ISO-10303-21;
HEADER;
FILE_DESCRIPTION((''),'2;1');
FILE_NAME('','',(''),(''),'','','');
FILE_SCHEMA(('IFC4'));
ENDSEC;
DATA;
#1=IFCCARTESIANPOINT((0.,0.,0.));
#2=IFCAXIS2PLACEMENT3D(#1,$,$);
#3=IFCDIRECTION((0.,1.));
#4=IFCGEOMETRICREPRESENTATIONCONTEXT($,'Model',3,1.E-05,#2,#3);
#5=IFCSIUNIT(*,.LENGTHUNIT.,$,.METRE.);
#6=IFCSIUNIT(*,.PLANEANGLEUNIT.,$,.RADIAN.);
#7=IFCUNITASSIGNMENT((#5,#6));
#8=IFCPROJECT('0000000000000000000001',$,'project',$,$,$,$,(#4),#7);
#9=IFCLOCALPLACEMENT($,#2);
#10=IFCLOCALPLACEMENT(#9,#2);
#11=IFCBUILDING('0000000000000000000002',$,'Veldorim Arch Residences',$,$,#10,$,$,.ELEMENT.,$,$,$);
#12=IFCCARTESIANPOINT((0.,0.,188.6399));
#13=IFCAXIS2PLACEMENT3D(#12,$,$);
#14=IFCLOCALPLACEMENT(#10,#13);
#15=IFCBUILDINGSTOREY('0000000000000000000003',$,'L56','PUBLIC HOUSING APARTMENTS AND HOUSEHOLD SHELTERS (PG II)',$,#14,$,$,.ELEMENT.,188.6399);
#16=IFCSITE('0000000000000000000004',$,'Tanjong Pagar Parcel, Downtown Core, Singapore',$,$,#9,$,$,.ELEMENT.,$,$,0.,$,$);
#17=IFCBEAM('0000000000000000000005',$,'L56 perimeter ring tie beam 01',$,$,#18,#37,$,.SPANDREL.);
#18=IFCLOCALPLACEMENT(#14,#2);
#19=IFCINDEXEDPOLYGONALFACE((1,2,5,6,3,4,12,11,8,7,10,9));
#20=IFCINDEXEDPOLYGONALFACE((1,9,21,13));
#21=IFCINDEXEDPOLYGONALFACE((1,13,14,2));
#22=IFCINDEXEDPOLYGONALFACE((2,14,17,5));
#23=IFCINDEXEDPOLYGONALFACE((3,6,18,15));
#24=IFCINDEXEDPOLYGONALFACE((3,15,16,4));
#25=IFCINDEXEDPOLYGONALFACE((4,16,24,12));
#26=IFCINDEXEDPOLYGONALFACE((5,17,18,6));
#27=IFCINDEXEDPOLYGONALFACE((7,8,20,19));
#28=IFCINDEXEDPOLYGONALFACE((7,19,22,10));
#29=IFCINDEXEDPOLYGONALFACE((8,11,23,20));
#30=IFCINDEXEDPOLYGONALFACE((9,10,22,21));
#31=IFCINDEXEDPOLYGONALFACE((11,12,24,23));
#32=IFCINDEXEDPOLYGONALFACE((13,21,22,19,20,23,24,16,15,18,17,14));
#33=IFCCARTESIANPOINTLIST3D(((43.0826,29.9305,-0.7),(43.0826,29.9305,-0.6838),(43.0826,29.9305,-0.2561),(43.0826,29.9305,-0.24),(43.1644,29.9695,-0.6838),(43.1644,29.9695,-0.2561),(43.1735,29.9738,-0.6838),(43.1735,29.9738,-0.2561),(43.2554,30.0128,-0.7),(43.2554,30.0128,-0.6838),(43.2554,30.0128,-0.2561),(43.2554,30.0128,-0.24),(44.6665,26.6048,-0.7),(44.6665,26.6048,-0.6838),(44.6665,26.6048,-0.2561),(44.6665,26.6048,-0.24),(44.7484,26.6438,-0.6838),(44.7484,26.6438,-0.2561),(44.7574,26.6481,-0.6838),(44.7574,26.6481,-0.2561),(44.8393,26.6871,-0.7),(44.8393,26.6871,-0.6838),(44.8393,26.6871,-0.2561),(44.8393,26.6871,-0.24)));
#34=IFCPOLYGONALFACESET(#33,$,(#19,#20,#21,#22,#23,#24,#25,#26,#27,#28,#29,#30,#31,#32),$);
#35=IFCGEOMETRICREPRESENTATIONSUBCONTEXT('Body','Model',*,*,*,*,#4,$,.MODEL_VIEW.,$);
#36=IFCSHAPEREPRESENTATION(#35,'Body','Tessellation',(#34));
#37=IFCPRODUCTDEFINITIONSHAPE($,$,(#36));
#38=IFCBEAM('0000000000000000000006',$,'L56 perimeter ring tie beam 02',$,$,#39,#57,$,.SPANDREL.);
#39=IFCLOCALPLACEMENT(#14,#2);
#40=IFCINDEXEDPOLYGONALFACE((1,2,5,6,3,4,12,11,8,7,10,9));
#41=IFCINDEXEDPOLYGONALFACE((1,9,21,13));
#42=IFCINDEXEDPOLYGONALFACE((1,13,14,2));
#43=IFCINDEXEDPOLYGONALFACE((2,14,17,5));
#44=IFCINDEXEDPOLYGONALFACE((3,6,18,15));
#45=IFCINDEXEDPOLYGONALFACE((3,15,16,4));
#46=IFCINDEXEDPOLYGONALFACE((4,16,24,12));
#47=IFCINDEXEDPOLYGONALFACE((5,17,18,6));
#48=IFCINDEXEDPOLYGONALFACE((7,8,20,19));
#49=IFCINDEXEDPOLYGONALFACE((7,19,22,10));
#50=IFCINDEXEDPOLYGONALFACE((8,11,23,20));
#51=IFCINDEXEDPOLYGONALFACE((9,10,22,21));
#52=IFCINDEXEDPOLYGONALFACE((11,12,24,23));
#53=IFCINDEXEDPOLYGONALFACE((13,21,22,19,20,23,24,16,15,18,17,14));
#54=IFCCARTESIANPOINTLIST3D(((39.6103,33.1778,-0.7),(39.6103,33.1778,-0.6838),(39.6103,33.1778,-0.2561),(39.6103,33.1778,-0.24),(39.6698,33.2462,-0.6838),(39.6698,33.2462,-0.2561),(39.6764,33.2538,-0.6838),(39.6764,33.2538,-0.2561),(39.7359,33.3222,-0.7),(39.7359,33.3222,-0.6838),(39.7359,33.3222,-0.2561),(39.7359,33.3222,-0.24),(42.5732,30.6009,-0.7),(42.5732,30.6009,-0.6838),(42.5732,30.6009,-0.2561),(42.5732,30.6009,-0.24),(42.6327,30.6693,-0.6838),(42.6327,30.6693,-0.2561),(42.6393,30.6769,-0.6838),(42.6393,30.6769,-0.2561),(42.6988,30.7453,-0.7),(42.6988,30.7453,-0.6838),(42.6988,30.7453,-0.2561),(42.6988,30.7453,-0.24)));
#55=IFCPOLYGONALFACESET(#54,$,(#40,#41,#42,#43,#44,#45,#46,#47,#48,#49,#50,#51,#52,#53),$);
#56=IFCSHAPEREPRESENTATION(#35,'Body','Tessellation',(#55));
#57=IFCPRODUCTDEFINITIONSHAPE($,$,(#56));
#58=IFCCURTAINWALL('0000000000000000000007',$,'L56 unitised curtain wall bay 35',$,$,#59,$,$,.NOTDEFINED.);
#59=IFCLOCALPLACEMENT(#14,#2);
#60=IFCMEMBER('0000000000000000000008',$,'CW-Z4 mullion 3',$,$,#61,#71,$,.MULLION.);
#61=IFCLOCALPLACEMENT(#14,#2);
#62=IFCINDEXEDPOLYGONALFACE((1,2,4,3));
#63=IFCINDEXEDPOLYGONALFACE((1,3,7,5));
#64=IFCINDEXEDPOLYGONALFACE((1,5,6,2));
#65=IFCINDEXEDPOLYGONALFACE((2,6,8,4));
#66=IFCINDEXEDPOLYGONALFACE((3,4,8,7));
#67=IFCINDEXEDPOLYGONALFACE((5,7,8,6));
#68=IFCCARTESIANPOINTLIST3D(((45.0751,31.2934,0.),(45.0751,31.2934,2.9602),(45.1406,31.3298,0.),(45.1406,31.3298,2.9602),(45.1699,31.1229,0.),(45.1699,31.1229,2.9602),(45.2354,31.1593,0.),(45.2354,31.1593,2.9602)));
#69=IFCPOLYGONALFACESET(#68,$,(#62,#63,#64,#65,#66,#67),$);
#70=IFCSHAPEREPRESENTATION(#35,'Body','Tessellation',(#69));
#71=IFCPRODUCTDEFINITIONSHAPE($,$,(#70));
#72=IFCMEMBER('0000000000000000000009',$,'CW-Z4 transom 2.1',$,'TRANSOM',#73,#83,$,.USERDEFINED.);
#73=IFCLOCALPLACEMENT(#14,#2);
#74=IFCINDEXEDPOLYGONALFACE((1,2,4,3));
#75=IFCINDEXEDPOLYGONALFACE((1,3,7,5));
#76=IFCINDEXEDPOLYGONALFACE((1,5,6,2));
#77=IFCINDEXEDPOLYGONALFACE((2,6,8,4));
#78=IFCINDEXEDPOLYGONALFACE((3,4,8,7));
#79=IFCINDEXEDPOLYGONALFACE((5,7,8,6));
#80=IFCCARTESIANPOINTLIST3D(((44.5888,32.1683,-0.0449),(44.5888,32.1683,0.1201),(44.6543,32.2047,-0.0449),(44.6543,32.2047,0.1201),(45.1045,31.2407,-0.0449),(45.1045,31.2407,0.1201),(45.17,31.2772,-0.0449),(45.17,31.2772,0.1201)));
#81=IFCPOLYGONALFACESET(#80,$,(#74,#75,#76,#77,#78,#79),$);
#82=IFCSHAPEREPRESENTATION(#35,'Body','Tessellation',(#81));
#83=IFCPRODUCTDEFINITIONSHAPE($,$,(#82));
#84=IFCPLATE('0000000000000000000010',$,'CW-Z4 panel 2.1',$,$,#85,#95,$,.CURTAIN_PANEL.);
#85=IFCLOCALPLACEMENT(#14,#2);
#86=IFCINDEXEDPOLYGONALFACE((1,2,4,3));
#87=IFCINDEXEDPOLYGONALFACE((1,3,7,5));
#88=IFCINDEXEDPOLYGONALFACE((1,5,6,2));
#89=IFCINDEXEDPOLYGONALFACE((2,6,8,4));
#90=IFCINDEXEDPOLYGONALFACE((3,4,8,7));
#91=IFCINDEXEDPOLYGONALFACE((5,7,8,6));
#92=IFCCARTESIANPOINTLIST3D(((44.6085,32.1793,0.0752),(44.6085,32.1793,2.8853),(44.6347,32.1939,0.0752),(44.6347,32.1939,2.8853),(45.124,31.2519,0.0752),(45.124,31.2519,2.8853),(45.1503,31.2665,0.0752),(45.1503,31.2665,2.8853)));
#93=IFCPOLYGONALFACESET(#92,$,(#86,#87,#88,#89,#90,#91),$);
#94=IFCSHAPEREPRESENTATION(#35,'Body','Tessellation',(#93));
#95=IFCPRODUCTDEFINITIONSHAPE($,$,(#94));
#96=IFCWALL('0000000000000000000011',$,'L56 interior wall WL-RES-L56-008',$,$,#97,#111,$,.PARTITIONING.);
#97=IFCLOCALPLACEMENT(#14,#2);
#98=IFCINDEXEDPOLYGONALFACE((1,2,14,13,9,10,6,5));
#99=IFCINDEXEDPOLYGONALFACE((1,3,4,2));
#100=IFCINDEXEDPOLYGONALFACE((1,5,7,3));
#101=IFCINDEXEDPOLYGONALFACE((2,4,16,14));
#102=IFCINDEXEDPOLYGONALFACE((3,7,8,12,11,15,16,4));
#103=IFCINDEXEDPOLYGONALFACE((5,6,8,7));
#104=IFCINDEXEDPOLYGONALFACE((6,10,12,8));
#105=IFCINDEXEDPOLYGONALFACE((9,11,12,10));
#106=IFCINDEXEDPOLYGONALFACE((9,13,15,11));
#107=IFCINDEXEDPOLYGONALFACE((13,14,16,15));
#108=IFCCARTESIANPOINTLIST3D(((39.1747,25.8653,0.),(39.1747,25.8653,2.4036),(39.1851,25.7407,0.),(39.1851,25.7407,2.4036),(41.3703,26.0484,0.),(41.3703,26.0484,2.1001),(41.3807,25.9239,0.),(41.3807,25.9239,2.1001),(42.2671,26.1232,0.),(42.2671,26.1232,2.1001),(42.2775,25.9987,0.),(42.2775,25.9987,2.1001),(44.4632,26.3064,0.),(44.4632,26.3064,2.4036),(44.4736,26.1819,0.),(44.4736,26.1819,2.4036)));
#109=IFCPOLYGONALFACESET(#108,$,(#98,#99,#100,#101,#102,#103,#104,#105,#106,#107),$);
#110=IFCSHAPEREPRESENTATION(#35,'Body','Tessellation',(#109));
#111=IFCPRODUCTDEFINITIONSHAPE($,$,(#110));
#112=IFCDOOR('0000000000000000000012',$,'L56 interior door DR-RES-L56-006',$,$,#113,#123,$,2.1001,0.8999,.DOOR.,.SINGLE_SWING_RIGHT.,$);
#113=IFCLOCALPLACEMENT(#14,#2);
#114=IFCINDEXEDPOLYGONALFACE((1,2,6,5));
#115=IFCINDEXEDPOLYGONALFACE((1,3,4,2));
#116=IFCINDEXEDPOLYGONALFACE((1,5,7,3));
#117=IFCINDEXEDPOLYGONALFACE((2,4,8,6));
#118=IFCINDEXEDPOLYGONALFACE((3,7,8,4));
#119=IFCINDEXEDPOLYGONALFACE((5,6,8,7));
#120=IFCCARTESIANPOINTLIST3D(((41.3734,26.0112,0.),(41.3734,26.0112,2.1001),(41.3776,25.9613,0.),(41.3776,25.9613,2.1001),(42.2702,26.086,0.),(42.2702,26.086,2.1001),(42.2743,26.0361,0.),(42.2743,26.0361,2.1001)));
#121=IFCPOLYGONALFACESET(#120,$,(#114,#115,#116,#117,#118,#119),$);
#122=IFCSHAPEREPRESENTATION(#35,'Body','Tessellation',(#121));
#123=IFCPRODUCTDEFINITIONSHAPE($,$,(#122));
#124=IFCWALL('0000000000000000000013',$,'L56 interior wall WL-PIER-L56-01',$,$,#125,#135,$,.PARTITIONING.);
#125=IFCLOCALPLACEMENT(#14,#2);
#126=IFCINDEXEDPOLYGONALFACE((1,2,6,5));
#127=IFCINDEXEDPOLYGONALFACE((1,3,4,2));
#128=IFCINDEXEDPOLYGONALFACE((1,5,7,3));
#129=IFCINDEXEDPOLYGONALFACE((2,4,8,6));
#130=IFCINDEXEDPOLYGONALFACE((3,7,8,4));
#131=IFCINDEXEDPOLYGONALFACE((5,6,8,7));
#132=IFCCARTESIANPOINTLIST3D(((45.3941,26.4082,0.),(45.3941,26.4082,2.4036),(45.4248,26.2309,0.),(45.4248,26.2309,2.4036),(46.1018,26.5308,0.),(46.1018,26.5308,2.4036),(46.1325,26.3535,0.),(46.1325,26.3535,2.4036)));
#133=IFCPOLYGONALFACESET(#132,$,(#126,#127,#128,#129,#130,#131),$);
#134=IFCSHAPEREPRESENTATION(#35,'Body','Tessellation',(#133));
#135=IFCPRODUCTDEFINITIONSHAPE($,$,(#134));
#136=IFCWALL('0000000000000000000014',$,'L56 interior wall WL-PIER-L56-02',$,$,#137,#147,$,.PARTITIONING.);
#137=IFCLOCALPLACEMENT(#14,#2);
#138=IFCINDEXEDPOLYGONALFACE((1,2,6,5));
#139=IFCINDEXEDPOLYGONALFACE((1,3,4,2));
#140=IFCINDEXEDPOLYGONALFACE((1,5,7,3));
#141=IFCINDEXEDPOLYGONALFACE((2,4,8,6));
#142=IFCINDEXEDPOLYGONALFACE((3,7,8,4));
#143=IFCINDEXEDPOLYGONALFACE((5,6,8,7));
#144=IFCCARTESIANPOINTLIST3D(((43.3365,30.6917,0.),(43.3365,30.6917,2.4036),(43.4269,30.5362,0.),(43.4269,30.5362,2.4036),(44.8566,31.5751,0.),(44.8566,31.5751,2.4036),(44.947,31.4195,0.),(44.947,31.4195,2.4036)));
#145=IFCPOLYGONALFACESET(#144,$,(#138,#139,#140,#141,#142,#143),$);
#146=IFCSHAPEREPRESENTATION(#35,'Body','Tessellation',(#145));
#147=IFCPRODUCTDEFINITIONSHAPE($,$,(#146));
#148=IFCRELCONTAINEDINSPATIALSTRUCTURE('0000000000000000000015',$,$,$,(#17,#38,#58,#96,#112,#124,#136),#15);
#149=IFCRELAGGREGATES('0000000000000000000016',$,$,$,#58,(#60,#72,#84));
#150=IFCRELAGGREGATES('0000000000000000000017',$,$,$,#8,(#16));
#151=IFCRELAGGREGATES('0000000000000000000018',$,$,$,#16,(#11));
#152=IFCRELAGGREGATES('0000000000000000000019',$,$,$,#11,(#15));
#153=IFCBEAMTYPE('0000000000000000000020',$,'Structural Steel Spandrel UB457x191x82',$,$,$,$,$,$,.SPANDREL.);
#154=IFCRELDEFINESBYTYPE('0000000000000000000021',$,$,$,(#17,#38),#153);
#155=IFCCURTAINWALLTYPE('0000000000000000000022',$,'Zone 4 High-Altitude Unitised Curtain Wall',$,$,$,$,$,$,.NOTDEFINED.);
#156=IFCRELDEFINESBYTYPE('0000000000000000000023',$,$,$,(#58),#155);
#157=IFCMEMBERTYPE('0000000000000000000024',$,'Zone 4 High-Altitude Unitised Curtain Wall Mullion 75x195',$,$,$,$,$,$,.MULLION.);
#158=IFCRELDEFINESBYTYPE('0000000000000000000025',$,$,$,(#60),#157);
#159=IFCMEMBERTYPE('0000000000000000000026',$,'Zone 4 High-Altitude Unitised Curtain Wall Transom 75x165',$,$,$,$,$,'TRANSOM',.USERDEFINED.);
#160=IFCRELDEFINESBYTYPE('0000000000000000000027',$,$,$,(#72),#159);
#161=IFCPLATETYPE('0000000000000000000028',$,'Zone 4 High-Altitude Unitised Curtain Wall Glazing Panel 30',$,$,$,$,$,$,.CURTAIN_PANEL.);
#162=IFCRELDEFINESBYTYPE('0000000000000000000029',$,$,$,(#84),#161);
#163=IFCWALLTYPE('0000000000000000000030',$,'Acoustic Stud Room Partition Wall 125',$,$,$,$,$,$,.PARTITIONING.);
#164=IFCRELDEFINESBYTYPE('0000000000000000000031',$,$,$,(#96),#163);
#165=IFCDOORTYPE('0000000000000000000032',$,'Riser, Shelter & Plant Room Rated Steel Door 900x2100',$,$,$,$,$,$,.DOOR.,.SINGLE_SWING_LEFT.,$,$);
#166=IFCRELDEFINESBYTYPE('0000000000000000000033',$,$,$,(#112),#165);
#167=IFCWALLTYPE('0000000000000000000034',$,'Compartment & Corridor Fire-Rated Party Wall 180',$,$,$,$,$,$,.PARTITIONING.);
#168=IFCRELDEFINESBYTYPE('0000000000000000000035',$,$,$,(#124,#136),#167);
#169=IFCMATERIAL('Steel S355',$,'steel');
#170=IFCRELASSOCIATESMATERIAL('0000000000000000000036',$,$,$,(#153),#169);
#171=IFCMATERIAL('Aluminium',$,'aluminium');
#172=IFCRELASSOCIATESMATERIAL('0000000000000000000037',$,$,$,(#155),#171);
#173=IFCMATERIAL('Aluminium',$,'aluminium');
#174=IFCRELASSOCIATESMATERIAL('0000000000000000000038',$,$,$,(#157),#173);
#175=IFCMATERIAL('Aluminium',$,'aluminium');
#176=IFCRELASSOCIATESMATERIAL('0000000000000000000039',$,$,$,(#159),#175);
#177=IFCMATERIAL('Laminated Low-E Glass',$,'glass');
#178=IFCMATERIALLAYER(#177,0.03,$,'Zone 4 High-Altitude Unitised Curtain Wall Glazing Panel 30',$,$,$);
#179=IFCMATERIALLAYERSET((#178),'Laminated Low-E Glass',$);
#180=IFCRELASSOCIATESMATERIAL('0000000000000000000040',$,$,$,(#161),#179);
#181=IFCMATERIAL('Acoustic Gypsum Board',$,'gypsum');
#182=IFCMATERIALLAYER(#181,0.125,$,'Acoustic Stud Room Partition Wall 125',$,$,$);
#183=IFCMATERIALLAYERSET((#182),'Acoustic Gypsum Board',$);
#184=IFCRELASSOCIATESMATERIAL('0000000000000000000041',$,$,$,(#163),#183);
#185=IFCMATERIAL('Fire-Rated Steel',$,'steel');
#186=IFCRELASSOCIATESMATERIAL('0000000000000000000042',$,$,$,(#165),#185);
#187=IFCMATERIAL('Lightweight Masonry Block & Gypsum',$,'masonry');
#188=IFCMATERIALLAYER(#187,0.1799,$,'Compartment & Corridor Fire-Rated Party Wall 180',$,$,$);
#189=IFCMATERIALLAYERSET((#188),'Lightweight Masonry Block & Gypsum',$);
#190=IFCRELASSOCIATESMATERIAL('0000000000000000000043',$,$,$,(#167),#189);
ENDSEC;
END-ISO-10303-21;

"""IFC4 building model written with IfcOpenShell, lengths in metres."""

from ifc_helpers import new_model, si_unit, direction, frame, frame_2d, origin, origin_2d, place, context, subcontext, project, spatial, rectangle, i_section, extrude, material, layer, layer_set, material_profile, profile_set, type_object, element, fill, aggregate, save


model = new_model("IFC4")

# Units and contexts
model_context = context("Model", 3, precision=1e-05, world=origin(), true_north=direction((0.0, 1.0)))
body_context = subcontext(model_context, "Body", "Model", "MODEL_VIEW")
ifc_project = project(units=[si_unit("LENGTHUNIT", "METRE"), si_unit("PLANEANGLEUNIT", "RADIAN")], contexts=[model_context])

# Site, building, storey
site_placement = place(None, origin())
site = spatial("IfcSite", under=ifc_project, at=site_placement, Name="Tanjong Pagar Parcel, Downtown Core, Singapore", CompositionType="ELEMENT", RefElevation=0.0)
building_placement = place(site_placement, origin())
building = spatial("IfcBuilding", under=site, at=building_placement, Name="Veldorim Arch Residences", CompositionType="ELEMENT")
storey_placement = place(building_placement, frame((0.0, 0.0, 188.6399)))
storey = spatial("IfcBuildingStorey", under=building, at=storey_placement, Name="L56", Description="PUBLIC HOUSING APARTMENTS AND HOUSEHOLD SHELTERS (PG II)", CompositionType="ELEMENT", Elevation=188.6399)

# Beams
ifc_material_1 = material(Name="Steel S355", Category="steel")
ifc_material_profile_1 = material_profile(ifc_material_1, i_section(OverallWidth=0.1914, OverallDepth=0.46, WebThickness=0.01, FlangeThickness=0.0161, at=origin_2d()), Name="UB457x191x82")
ifc_profile_set_1 = profile_set([ifc_material_profile_1], Name="Steel S355")
beam_type_1 = type_object("IfcBeamType", Name="Structural Steel Spandrel UB457x191x82", PredefinedType="SPANDREL", material=ifc_profile_set_1)
beam_1_placement = place(storey_placement, frame((44.7529, 26.646, -0.47), z_axis=(-0.430006, 0.902826, 0.0), x_axis=(-0.902826, -0.430006, 0.0)))
element("IfcBeam", 1, at=beam_1_placement, inside=storey, type_object=beam_type_1, Name="L56 perimeter ring tie beam 01", PredefinedType="SPANDREL", context=body_context, shape_type="SweptSolid", body=[
    extrude(i_section(OverallWidth=0.1914, OverallDepth=0.46, WebThickness=0.01, FlangeThickness=0.0161, at=origin_2d()), origin(), (0.0, 0.0, 1.0), 3.6836),
])
beam_2_placement = place(storey_placement, frame((42.636, 30.6731, -0.47), z_axis=(-0.754545, 0.656248, 0.0), x_axis=(-0.656248, -0.754545, 0.0)))
element("IfcBeam", 2, at=beam_2_placement, inside=storey, type_object=beam_type_1, Name="L56 perimeter ring tie beam 02", PredefinedType="SPANDREL", context=body_context, shape_type="SweptSolid", body=[
    extrude(i_section(OverallWidth=0.1914, OverallDepth=0.46, WebThickness=0.01, FlangeThickness=0.0161, at=origin_2d()), origin(), (0.0, 0.0, 1.0), 3.9268),
])

# Curtain wall, members, plate
ifc_material_2 = material(Name="Aluminium", Category="aluminium")
curtain_wall_type = type_object("IfcCurtainWallType", Name="Zone 4 High-Altitude Unitised Curtain Wall", PredefinedType="NOTDEFINED", material=ifc_material_2)
curtain_wall_placement = place(storey_placement, origin())
curtain_wall = element("IfcCurtainWall", 3, at=curtain_wall_placement, inside=storey, type_object=curtain_wall_type, Name="L56 unitised curtain wall bay 35", PredefinedType="NOTDEFINED")
ifc_material_3 = material(Name="Aluminium", Category="aluminium")
ifc_material_profile_2 = material_profile(ifc_material_3, rectangle(XDim=0.075, YDim=0.1951, at=origin_2d()), Name="ALU_MUL_75x195")
ifc_profile_set_2 = profile_set([ifc_material_profile_2], Name="Aluminium")
member_type_1 = type_object("IfcMemberType", Name="Zone 4 High-Altitude Unitised Curtain Wall Mullion 75x195", PredefinedType="MULLION", material=ifc_profile_set_2)
member_1_placement = place(storey_placement, frame((45.1553, 31.2263, 0.0), z_axis=(0.0, 0.0, 1.0), x_axis=(0.874023, 0.485885, 0.0)))
member_1 = element("IfcMember", 4, at=member_1_placement, type_object=member_type_1, Name="CW-Z4 mullion 3", PredefinedType="MULLION", context=body_context, shape_type="SweptSolid", body=[
    extrude(rectangle(XDim=0.075, YDim=0.1951, at=origin_2d()), origin(), (0.0, 0.0, 1.0), 2.9602),
])
ifc_material_4 = material(Name="Aluminium", Category="aluminium")
ifc_material_profile_3 = material_profile(ifc_material_4, rectangle(XDim=0.075, YDim=0.165, at=origin_2d()), Name="ALU_TRN_75x165")
ifc_profile_set_3 = profile_set([ifc_material_profile_3], Name="Aluminium")
member_type_2 = type_object("IfcMemberType", Name="Zone 4 High-Altitude Unitised Curtain Wall Transom 75x165", ElementType="TRANSOM", PredefinedType="USERDEFINED", material=ifc_profile_set_3)
member_2_placement = place(storey_placement, frame((44.6216, 32.1865, 0.0376), z_axis=(0.485897, -0.874016, 0.0), x_axis=(0.874016, 0.485897, 0.0)))
member_2 = element("IfcMember", 5, at=member_2_placement, type_object=member_type_2, Name="CW-Z4 transom 2.1", ObjectType="TRANSOM", PredefinedType="USERDEFINED", context=body_context, shape_type="SweptSolid", body=[
    extrude(rectangle(XDim=0.075, YDim=0.165, at=origin_2d()), origin(), (0.0, 0.0, 1.0), 1.0613),
])
ifc_material_5 = material(Name="Laminated Low-E Glass", Category="glass")
ifc_layer_1 = layer(ifc_material_5, 0.03, Name="Zone 4 High-Altitude Unitised Curtain Wall Glazing Panel 30")
ifc_layer_set_1 = layer_set([ifc_layer_1], Name="Laminated Low-E Glass")
plate_type = type_object("IfcPlateType", Name="Zone 4 High-Altitude Unitised Curtain Wall Glazing Panel 30", PredefinedType="CURTAIN_PANEL", material=ifc_layer_set_1)
plate_placement = place(storey_placement, frame((44.8794, 31.7229, 0.0752), z_axis=(0.0, 0.0, 1.0), x_axis=(0.485885, -0.874023, 0.0)))
plate = element("IfcPlate", 6, at=plate_placement, type_object=plate_type, Name="CW-Z4 panel 2.1", PredefinedType="CURTAIN_PANEL", context=body_context, shape_type="SweptSolid", body=[
    extrude(rectangle(XDim=1.061, YDim=0.03, at=origin_2d()), origin(), (0.0, 0.0, 1.0), 2.8101),
])
aggregate(curtain_wall, [member_1, member_2, plate])

# Wall, opening, door
ifc_material_6 = material(Name="Acoustic Gypsum Board", Category="gypsum")
ifc_layer_2 = layer(ifc_material_6, 0.125, Name="Acoustic Stud Room Partition Wall 125")
ifc_layer_set_2 = layer_set([ifc_layer_2], Name="Acoustic Gypsum Board")
wall_type_1 = type_object("IfcWallType", Name="Acoustic Stud Room Partition Wall 125", PredefinedType="PARTITIONING", material=ifc_layer_set_2)
wall_1_placement = place(storey_placement, frame((44.4683, 26.2441, 0.0), z_axis=(0.0, 0.0, 1.0), x_axis=(-0.996539, -0.083129, 0.0)))
wall_1 = element("IfcWall", 7, at=wall_1_placement, inside=storey, type_object=wall_type_1, Name="L56 interior wall WL-RES-L56-008", PredefinedType="PARTITIONING", context=body_context, shape_type="SweptSolid", body=[
    extrude(rectangle(XDim=5.3069, YDim=0.125, at=frame_2d((2.6533, 0.0))), origin(), (0.0, 0.0, 1.0), 2.4036),
])
opening_1_placement = place(wall_1_placement, frame((2.2036, 0.0, 0.0)))
opening_1 = element("IfcOpeningElement", 8, at=opening_1_placement, cuts=wall_1, PredefinedType="OPENING", context=body_context, shape_type="SweptSolid", body=[
    extrude(rectangle(XDim=0.8999, YDim=2.1001, at=frame_2d((0.45, 1.05))), frame((0.0, 0.0725, 0.0), z_axis=(0.0, -1.0, 0.0), x_axis=(1.0, 0.0, 0.0)), (0.0, 0.0, 1.0), 0.145),
])
ifc_material_7 = material(Name="Fire-Rated Steel", Category="steel")
door_type = type_object("IfcDoorType", Name="Riser, Shelter & Plant Room Rated Steel Door 900x2100", OperationType="SINGLE_SWING_LEFT", PredefinedType="DOOR", material=ifc_material_7)
door_placement = place(opening_1_placement, origin())
door = element("IfcDoor", 9, at=door_placement, inside=storey, type_object=door_type, Name="L56 interior door DR-RES-L56-006", OperationType="SINGLE_SWING_RIGHT", OverallHeight=2.1001, OverallWidth=0.8999, PredefinedType="DOOR", context=body_context, shape_type="SweptSolid", body=[
    extrude(rectangle(XDim=0.8999, YDim=2.1001, at=frame_2d((0.45, 1.05))), frame((0.0, 0.0249, 0.0), z_axis=(0.0, -1.0, 0.0), x_axis=(1.0, 0.0, 0.0)), (0.0, 0.0, 1.0), 0.05),
])
fill(opening_1, door)

# Walls
ifc_material_8 = material(Name="Lightweight Masonry Block & Gypsum", Category="masonry")
ifc_layer_3 = layer(ifc_material_8, 0.1799, Name="Compartment & Corridor Fire-Rated Party Wall 180")
ifc_layer_set_3 = layer_set([ifc_layer_3], Name="Lightweight Masonry Block & Gypsum")
wall_type_2 = type_object("IfcWallType", Name="Compartment & Corridor Fire-Rated Party Wall 180", PredefinedType="PARTITIONING", material=ifc_layer_set_3)
wall_2_placement = place(storey_placement, frame((45.4094, 26.3196, 0.0), z_axis=(0.0, 0.0, 1.0), x_axis=(0.985336, 0.170624, 0.0)))
element("IfcWall", 10, at=wall_2_placement, inside=storey, type_object=wall_type_2, Name="L56 interior wall WL-PIER-L56-01", PredefinedType="PARTITIONING", context=body_context, shape_type="SweptSolid", body=[
    extrude(rectangle(XDim=0.7183, YDim=0.1799, at=frame_2d((0.3591, 0.0))), origin(), (0.0, 0.0, 1.0), 2.4036),
])
wall_3_placement = place(storey_placement, frame((43.3818, 30.614, 0.0), z_axis=(0.0, 0.0, 1.0), x_axis=(0.864614, 0.502437, 0.0)))
element("IfcWall", 11, at=wall_3_placement, inside=storey, type_object=wall_type_2, Name="L56 interior wall WL-PIER-L56-02", PredefinedType="PARTITIONING", context=body_context, shape_type="SweptSolid", body=[
    extrude(rectangle(XDim=1.7581, YDim=0.1799, at=frame_2d((0.8789, 0.0))), origin(), (0.0, 0.0, 1.0), 2.4036),
])

save(model, "model.ifc")
